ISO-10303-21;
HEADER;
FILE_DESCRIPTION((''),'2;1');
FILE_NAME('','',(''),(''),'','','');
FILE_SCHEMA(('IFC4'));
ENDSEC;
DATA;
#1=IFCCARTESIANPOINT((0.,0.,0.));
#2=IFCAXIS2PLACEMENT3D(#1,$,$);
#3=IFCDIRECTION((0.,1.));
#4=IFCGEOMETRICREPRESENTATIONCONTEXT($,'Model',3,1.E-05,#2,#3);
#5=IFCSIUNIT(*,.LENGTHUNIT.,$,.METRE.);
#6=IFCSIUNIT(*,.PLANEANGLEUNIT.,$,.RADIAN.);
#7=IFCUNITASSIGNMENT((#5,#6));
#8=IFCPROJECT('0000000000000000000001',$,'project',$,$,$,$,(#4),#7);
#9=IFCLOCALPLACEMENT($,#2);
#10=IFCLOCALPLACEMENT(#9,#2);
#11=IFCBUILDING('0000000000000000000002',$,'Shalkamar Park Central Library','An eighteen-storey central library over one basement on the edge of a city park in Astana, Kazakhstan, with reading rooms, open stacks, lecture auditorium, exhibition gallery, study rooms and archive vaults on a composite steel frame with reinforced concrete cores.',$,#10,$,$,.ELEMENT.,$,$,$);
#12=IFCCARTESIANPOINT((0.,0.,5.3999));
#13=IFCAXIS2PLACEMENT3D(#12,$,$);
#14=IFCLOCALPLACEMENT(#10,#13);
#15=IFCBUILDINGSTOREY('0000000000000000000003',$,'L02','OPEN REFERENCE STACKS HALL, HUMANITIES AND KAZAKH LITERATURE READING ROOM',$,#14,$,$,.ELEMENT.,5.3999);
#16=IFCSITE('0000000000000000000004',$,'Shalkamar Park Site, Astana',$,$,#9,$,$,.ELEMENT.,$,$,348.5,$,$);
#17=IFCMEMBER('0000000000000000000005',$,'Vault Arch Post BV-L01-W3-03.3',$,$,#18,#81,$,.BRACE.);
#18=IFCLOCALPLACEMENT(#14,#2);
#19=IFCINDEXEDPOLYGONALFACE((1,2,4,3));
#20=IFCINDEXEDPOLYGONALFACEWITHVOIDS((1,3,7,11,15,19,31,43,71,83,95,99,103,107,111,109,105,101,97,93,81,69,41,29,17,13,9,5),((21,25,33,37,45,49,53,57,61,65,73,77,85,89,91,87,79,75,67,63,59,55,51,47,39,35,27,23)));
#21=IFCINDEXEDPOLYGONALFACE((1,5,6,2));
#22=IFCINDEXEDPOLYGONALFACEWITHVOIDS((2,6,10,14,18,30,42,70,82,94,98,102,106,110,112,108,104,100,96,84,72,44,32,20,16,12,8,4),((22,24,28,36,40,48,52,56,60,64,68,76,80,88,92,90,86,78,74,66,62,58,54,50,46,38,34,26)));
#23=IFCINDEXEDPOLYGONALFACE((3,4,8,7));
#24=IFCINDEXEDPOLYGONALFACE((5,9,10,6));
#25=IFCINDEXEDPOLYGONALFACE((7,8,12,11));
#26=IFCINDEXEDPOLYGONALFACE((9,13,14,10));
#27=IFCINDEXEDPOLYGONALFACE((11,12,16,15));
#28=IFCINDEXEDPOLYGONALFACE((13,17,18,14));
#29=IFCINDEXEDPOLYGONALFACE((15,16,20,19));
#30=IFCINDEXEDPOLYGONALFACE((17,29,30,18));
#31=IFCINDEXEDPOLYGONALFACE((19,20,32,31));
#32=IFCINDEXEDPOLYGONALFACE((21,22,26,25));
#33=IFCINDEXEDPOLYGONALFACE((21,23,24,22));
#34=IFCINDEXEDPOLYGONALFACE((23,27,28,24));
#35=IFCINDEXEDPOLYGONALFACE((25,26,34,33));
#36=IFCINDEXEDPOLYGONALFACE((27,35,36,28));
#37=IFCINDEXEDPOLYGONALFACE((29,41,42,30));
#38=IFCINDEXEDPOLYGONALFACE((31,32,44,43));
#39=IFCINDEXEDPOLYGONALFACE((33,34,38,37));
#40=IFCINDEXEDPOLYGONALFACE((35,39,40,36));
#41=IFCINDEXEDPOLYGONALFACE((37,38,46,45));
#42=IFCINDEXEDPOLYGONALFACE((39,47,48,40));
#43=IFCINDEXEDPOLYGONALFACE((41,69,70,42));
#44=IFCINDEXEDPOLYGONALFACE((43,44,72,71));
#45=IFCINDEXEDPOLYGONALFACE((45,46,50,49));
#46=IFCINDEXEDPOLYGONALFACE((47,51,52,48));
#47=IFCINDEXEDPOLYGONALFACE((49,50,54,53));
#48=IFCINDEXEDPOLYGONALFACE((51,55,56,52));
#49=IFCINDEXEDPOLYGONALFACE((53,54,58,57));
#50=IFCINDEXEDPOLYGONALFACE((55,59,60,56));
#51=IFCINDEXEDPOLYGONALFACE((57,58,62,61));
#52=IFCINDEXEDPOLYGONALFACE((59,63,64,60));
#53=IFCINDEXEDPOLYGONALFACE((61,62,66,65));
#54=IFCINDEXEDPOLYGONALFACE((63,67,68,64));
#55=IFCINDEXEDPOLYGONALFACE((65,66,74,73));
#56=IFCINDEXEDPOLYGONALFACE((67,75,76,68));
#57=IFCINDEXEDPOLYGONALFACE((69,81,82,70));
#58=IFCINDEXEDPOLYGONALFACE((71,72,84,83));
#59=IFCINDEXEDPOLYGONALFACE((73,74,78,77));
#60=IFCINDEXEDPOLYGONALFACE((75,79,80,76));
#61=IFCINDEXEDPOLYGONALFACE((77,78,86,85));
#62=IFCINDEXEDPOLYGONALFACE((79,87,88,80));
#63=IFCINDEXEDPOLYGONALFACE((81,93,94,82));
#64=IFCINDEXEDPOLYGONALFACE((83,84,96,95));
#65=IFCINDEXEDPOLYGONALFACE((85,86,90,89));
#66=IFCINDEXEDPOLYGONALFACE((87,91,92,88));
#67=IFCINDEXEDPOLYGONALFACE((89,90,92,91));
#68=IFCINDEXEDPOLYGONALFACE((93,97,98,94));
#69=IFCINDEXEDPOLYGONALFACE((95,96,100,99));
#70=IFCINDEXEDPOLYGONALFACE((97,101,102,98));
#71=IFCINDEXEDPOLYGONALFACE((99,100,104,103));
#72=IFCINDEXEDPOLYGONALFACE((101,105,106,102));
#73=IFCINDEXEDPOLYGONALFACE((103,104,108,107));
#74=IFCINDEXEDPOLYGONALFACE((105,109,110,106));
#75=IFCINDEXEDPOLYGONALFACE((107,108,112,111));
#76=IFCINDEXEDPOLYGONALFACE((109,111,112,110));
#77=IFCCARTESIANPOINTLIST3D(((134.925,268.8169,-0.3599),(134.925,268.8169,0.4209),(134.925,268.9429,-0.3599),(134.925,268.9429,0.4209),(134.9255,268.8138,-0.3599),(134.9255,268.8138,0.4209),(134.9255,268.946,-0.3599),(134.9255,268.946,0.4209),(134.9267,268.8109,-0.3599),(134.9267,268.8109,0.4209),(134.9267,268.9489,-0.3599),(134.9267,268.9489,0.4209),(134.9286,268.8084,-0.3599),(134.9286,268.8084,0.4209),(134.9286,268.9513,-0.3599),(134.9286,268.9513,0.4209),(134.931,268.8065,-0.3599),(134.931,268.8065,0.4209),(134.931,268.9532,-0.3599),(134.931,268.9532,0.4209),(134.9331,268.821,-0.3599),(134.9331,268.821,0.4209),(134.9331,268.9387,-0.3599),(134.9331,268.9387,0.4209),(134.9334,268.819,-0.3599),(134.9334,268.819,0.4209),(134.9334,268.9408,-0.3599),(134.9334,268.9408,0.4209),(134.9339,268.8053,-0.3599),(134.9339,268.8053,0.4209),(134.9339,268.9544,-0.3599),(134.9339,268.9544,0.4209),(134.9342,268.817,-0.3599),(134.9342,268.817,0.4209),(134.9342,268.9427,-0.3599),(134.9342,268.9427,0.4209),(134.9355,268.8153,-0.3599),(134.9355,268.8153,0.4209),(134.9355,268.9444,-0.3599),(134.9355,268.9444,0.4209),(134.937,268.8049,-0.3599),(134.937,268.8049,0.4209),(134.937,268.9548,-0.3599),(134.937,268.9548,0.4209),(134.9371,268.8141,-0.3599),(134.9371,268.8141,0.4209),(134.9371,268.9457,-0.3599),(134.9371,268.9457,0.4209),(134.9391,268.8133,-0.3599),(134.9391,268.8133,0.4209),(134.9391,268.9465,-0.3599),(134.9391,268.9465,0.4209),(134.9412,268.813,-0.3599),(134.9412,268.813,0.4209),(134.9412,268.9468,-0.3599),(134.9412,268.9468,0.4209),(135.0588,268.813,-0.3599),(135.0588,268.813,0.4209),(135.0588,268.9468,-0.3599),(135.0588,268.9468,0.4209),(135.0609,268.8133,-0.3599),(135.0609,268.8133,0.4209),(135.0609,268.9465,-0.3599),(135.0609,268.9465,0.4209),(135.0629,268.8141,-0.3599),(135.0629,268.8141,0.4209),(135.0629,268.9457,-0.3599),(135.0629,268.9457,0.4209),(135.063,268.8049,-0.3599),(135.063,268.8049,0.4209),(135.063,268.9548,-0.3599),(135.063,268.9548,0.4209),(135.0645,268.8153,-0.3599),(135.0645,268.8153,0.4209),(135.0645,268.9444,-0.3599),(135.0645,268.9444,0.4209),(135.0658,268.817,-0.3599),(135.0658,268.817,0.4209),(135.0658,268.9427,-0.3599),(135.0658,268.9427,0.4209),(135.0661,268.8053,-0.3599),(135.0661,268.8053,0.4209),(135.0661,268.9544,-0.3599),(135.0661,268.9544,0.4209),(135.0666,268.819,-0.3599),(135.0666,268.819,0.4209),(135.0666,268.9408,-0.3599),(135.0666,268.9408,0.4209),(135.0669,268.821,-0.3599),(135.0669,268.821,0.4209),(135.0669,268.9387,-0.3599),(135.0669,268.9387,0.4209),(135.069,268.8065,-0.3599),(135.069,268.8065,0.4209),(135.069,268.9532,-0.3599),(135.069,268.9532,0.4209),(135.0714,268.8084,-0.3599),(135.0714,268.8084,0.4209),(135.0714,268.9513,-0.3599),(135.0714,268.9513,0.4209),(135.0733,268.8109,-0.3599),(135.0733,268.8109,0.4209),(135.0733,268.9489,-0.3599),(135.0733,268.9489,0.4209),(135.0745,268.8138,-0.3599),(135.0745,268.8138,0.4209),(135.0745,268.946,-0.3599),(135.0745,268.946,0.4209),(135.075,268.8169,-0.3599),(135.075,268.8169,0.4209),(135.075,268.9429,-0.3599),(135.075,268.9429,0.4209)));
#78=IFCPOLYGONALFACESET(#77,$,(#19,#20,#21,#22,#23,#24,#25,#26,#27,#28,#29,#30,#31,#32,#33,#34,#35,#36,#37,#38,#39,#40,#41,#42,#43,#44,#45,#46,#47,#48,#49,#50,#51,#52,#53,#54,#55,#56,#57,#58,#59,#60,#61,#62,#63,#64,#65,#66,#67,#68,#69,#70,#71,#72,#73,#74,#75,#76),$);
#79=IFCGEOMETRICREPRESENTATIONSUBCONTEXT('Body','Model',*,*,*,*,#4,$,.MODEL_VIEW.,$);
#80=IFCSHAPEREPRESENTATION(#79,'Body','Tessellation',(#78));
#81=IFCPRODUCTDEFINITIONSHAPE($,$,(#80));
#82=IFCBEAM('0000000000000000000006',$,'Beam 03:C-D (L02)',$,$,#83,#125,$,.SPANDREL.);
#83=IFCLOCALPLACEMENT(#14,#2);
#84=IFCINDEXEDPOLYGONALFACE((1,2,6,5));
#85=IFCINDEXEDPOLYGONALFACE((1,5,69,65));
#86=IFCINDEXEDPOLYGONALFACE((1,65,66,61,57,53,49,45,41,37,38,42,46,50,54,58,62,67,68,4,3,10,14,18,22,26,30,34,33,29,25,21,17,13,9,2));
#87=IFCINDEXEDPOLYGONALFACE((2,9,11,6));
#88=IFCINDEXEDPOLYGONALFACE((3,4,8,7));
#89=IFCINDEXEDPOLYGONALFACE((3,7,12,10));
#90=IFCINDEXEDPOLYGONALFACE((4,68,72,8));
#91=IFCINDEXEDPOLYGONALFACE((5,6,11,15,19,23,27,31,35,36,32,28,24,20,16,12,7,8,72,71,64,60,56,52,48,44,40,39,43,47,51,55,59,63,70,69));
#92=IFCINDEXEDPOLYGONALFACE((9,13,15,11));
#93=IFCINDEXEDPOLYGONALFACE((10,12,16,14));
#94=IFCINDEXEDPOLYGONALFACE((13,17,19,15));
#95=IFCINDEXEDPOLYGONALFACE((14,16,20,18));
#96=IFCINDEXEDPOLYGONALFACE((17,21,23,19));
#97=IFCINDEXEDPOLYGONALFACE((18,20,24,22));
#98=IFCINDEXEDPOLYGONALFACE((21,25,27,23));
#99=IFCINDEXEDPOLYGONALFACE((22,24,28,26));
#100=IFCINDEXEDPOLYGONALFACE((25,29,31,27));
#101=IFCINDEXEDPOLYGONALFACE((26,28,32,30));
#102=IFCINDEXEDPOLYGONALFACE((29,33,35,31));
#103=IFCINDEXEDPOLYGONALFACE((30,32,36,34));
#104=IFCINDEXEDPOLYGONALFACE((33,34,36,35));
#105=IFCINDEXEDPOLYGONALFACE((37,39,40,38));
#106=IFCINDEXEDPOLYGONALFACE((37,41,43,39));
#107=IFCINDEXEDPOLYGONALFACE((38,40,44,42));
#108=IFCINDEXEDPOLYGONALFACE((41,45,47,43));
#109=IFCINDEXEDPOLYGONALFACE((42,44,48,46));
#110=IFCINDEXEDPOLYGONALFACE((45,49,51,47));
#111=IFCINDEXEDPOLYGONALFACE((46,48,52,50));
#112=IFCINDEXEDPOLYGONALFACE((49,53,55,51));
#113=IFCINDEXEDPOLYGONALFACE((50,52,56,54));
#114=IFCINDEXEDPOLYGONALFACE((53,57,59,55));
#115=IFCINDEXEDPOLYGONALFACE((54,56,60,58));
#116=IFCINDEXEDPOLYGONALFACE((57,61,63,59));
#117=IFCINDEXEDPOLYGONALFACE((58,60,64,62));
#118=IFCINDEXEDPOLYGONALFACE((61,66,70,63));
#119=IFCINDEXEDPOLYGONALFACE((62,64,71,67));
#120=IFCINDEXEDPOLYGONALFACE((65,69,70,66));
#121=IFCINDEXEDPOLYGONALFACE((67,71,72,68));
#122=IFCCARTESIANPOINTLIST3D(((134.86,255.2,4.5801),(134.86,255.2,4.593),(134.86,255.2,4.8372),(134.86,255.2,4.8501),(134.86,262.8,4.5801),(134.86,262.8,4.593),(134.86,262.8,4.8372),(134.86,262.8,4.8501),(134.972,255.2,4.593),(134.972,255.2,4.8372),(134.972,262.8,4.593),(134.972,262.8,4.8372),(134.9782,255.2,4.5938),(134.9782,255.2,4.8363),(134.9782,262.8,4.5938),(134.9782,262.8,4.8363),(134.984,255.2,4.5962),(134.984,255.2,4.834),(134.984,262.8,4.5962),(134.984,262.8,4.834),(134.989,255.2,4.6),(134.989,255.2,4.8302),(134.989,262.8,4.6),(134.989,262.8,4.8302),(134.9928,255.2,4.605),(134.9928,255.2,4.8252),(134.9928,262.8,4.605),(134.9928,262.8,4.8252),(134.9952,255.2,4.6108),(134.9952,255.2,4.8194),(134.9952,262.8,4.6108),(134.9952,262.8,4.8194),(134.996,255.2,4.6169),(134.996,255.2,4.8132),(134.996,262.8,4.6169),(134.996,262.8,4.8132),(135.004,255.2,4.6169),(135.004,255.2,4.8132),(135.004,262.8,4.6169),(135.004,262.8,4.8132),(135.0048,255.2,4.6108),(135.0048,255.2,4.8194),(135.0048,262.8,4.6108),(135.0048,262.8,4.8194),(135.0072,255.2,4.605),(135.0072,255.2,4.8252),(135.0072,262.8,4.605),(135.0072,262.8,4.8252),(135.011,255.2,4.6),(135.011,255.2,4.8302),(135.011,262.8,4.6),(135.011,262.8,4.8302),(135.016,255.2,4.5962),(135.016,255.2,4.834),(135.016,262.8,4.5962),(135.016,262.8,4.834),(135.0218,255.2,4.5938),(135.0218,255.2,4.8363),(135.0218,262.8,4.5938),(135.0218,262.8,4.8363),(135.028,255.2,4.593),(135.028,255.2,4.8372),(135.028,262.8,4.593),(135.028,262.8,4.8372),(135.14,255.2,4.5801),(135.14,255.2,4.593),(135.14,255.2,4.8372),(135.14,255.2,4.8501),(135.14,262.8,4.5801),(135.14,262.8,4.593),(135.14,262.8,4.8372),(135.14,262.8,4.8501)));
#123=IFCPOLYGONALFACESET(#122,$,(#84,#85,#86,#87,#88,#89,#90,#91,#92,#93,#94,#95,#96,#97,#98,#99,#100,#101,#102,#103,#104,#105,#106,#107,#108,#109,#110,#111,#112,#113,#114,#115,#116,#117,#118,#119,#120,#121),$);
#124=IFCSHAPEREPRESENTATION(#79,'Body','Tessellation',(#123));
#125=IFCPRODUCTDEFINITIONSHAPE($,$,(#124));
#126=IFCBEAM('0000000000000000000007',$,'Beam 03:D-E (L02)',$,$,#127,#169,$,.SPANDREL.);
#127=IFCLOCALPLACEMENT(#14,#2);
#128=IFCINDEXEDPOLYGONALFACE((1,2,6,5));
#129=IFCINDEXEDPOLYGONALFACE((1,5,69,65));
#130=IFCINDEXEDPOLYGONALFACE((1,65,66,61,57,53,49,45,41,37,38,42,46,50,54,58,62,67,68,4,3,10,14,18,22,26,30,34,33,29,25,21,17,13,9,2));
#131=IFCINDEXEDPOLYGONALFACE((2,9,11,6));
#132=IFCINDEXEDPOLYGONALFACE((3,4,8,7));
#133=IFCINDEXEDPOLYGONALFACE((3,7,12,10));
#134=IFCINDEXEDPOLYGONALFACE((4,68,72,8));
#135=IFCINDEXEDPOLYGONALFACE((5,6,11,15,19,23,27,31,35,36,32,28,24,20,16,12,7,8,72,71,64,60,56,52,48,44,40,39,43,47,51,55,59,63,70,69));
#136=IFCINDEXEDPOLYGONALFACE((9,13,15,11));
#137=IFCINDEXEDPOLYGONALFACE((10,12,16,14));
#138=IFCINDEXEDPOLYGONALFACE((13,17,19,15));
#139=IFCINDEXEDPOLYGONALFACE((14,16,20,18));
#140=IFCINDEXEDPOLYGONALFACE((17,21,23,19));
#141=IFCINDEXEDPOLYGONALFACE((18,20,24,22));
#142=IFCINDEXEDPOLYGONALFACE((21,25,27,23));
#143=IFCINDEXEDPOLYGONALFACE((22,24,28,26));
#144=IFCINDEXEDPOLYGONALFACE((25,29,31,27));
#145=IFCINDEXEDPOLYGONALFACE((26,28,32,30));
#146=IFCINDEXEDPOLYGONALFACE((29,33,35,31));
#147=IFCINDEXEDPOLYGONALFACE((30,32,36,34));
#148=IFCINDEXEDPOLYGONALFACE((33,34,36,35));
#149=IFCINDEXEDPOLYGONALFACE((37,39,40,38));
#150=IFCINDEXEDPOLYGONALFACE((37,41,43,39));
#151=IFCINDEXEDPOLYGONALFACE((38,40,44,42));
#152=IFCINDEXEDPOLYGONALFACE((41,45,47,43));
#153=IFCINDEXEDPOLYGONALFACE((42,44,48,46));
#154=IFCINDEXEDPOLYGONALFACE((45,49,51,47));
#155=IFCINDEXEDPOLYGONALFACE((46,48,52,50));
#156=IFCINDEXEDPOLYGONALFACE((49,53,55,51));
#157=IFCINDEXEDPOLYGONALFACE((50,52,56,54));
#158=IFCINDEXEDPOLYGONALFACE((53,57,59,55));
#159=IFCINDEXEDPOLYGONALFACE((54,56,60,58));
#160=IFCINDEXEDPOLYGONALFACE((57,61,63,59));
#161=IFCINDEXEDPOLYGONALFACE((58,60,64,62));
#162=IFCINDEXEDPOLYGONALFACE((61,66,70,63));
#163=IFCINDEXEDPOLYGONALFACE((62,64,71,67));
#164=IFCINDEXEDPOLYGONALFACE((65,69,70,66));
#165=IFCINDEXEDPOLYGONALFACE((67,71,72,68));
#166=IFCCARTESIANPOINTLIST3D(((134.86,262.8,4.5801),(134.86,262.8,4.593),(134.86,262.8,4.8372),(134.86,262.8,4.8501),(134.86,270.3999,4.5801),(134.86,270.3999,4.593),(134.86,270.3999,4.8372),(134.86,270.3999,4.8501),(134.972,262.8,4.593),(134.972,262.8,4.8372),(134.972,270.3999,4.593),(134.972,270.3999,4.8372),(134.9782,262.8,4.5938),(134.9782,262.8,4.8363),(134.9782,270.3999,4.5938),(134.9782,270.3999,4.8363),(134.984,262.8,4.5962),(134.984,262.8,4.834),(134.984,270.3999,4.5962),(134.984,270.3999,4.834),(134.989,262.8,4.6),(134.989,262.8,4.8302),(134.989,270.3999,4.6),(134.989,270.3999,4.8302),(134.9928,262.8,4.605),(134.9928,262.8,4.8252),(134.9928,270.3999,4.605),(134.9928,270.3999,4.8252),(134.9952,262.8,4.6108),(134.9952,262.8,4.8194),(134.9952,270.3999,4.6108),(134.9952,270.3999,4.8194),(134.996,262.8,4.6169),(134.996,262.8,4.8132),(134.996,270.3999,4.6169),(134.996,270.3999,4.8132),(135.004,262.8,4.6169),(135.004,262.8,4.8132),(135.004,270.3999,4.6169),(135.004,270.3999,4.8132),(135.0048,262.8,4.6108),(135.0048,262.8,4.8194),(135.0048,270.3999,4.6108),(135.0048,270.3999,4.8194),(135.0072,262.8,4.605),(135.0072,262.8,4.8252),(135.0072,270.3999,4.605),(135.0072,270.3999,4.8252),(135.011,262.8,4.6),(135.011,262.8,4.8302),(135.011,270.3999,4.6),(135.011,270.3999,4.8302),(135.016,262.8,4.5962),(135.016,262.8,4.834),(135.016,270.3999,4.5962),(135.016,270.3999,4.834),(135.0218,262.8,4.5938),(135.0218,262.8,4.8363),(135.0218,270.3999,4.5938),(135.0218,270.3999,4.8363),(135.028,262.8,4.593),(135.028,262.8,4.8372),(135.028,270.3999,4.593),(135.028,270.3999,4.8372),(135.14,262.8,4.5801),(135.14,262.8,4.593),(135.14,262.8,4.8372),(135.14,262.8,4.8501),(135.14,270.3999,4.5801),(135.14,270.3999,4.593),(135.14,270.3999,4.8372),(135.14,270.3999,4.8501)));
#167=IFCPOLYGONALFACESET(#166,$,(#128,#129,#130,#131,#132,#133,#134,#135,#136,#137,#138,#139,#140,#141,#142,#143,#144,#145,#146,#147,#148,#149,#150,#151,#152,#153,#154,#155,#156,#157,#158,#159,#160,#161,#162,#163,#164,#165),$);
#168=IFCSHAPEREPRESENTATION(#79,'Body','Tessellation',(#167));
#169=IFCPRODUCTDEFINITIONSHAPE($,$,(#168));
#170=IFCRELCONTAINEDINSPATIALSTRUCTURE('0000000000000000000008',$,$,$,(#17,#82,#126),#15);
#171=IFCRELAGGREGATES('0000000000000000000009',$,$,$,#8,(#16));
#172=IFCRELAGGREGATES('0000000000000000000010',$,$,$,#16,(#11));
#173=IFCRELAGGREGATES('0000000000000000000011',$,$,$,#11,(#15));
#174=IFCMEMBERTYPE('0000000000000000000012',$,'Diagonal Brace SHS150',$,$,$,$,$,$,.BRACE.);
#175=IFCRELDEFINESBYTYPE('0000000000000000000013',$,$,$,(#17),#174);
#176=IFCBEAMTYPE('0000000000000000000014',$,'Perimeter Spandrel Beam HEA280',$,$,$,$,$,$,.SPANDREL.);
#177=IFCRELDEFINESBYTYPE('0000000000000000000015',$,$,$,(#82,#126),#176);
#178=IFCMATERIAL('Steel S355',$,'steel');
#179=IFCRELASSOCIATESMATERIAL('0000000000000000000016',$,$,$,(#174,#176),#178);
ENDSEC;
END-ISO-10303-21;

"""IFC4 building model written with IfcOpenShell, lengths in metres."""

from ifc_helpers import new_model, si_unit, direction, frame, origin, origin_2d, place, context, subcontext, project, spatial, hollow_rectangle, i_section, extrude, material, material_profile, profile_set, type_object, element, save


model = new_model("IFC4")

# Units and contexts
model_context = context("Model", 3, precision=1e-05, world=origin(), true_north=direction((0.0, 1.0)))
body_context = subcontext(model_context, "Body", "Model", "MODEL_VIEW")
ifc_project = project(units=[si_unit("LENGTHUNIT", "METRE"), si_unit("PLANEANGLEUNIT", "RADIAN")], contexts=[model_context])

# Site, building, storey
site_placement = place(None, origin())
site = spatial("IfcSite", under=ifc_project, at=site_placement, Name="Shalkamar Park Site, Astana", CompositionType="ELEMENT", RefElevation=348.5)
building_placement = place(site_placement, origin())
building = spatial("IfcBuilding", under=site, at=building_placement, Name="Shalkamar Park Central Library", Description="An eighteen-storey central library over one basement on the edge of a city park in Astana, Kazakhstan, with reading rooms, open stacks, lecture auditorium, exhibition gallery, study rooms and archive vaults on a composite steel frame with reinforced concrete cores.", CompositionType="ELEMENT")
storey_placement = place(building_placement, frame((0.0, 0.0, 5.3999)))
storey = spatial("IfcBuildingStorey", under=building, at=storey_placement, Name="L02", Description="OPEN REFERENCE STACKS HALL, HUMANITIES AND KAZAKH LITERATURE READING ROOM", CompositionType="ELEMENT", Elevation=5.3999)

# Shared definitions
ifc_material_1 = material(Name="Steel S355", Category="steel")

# Member
ifc_material_profile_1 = material_profile(ifc_material_1, hollow_rectangle(XDim=0.1499, YDim=0.1499, WallThickness=0.0081, InnerFilletRadius=0.0081, OuterFilletRadius=0.012, at=origin_2d()), Name="SHS 150x150x8")
ifc_profile_set_1 = profile_set([ifc_material_profile_1], Name="Steel S355")
member_type = type_object("IfcMemberType", Name="Diagonal Brace SHS150", PredefinedType="BRACE", material=ifc_profile_set_1)
member_1_placement = place(storey_placement, frame((135.0, 268.8799, -0.3599), z_axis=(0.0, 0.0, 1.0), x_axis=(1.0, 0.0, 0.0)))
element("IfcMember", 1, at=member_1_placement, inside=storey, type_object=member_type, Name="Vault Arch Post BV-L01-W3-03.3", PredefinedType="BRACE", context=body_context, shape_type="SweptSolid", body=[
    extrude(hollow_rectangle(XDim=0.1499, YDim=0.1499, WallThickness=0.0081, InnerFilletRadius=0.0081, OuterFilletRadius=0.012, at=origin_2d()), origin(), (0.0, 0.0, 1.0), 0.7808),
])

# Beams
ifc_material_profile_2 = material_profile(ifc_material_1, i_section(OverallWidth=0.28, OverallDepth=0.27, WebThickness=0.0081, FlangeThickness=0.0129, FilletRadius=0.0239, at=origin_2d()), Name="HEA 280")
ifc_profile_set_2 = profile_set([ifc_material_profile_2], Name="Steel S355")
beam_type_1 = type_object("IfcBeamType", Name="Perimeter Spandrel Beam HEA280", PredefinedType="SPANDREL", material=ifc_profile_set_2)
beam_1_placement = place(storey_placement, frame((135.0, 255.2, 4.7151), z_axis=(0.0, 1.0, 0.0), x_axis=(-1.0, 0.0, 0.0)))
element("IfcBeam", 2, at=beam_1_placement, inside=storey, type_object=beam_type_1, Name="Beam 03:C-D (L02)", PredefinedType="SPANDREL", context=body_context, shape_type="SweptSolid", body=[
    extrude(i_section(OverallWidth=0.28, OverallDepth=0.27, WebThickness=0.0081, FlangeThickness=0.0129, FilletRadius=0.0239, at=origin_2d()), origin(), (0.0, 0.0, 1.0), 7.6001),
])
beam_2_placement = place(storey_placement, frame((135.0, 262.8, 4.7151), z_axis=(0.0, 1.0, 0.0), x_axis=(-1.0, 0.0, 0.0)))
element("IfcBeam", 3, at=beam_2_placement, inside=storey, type_object=beam_type_1, Name="Beam 03:D-E (L02)", PredefinedType="SPANDREL", context=body_context, shape_type="SweptSolid", body=[
    extrude(i_section(OverallWidth=0.28, OverallDepth=0.27, WebThickness=0.0081, FlangeThickness=0.0129, FilletRadius=0.0239, at=origin_2d()), origin(), (0.0, 0.0, 1.0), 7.5999),
])

save(model, "model.ifc")
